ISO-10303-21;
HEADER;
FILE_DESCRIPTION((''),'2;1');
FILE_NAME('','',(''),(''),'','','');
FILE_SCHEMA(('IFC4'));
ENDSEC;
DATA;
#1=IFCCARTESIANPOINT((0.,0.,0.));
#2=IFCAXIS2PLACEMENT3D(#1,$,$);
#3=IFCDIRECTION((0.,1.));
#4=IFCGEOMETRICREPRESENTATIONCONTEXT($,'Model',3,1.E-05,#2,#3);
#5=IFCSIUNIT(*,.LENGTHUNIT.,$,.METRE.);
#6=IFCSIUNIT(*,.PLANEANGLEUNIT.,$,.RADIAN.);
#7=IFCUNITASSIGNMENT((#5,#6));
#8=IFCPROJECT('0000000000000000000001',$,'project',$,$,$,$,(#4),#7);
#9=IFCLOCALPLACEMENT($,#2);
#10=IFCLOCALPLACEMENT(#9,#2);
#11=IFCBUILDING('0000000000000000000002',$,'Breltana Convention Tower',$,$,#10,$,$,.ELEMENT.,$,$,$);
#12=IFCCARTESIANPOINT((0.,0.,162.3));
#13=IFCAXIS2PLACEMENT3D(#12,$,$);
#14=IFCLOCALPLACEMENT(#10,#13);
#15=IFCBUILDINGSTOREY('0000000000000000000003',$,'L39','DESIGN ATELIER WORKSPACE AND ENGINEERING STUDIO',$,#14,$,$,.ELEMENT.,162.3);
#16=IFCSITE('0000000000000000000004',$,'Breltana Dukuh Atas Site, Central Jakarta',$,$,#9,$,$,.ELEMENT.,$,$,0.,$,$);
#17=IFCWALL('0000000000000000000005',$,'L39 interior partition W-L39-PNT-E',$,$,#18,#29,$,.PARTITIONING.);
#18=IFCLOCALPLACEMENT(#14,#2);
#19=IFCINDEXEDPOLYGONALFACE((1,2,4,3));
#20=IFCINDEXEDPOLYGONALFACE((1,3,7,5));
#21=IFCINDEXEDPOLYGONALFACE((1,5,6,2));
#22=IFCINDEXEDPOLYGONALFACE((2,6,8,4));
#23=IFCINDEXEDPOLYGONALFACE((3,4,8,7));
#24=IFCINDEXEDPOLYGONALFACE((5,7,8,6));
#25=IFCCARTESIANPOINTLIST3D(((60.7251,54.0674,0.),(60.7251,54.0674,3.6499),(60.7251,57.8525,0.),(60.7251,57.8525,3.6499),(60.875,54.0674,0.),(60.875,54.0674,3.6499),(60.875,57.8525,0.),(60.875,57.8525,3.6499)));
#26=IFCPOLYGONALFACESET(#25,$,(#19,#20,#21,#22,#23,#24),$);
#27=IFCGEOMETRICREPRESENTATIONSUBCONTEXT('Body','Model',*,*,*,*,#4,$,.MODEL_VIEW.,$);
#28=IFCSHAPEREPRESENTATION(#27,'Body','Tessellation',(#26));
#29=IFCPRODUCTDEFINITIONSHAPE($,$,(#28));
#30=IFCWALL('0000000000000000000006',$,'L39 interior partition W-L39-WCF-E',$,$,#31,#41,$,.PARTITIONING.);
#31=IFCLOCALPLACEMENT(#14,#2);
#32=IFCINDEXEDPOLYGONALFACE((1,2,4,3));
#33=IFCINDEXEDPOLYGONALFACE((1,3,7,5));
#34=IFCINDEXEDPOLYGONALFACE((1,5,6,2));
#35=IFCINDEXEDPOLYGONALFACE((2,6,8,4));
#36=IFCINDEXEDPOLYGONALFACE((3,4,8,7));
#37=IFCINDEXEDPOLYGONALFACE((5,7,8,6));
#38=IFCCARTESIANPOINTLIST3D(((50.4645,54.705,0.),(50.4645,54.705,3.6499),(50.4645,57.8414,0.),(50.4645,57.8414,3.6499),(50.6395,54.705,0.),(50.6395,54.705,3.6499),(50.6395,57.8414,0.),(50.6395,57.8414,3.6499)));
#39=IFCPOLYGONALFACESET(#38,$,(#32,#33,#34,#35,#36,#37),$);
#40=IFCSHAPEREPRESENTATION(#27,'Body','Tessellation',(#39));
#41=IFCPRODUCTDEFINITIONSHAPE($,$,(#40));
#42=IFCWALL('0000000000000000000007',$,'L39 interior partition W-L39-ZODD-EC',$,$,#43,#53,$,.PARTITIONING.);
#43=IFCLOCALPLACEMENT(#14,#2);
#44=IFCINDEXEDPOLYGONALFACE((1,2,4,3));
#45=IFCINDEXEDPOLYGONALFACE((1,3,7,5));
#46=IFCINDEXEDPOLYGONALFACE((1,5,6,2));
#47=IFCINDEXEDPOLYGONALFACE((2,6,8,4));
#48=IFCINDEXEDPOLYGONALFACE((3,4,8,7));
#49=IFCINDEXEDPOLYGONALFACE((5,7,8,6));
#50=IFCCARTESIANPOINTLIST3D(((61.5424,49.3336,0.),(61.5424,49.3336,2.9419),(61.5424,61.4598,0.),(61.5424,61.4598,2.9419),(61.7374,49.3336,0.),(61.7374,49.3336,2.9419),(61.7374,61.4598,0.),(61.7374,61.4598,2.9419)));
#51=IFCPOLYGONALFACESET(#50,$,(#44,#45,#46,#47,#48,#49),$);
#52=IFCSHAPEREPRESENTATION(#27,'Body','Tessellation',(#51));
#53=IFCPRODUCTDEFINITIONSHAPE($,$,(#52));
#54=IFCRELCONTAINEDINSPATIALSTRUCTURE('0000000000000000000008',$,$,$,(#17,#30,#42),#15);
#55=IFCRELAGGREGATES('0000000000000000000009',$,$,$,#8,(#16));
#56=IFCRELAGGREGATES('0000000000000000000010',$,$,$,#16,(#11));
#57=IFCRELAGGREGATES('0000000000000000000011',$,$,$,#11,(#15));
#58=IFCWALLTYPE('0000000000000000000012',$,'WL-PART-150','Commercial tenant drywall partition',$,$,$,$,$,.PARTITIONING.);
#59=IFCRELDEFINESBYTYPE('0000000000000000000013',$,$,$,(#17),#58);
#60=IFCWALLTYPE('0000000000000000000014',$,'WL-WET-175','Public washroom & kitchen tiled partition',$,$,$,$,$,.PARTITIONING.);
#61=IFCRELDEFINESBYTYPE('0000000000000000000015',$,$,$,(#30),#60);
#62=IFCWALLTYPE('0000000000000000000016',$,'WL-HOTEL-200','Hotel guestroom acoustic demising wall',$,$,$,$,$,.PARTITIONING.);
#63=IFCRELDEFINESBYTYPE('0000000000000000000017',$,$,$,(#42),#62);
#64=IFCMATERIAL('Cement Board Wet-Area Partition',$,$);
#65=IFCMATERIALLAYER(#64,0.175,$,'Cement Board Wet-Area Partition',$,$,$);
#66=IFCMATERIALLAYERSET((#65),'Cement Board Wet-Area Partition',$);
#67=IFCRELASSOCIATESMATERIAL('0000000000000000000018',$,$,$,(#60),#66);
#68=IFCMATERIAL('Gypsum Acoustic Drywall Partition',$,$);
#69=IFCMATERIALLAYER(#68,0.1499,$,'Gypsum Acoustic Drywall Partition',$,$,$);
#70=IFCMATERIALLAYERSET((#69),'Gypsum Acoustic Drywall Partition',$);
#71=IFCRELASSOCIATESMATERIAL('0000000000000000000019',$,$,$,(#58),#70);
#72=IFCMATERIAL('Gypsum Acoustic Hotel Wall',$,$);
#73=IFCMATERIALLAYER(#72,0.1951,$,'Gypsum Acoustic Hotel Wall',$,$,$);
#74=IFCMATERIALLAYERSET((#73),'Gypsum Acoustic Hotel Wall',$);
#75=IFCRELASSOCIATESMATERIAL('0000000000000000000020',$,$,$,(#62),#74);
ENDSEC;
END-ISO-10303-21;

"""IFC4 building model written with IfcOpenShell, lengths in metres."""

from ifc_helpers import new_model, si_unit, direction, frame, frame_2d, origin, place, context, subcontext, project, spatial, rectangle, extrude, source, transform, mapped, material, layer, layer_set, type_object, element, save


model = new_model("IFC4")

# Units and contexts
model_context = context("Model", 3, precision=1e-05, world=origin(), true_north=direction((0.0, 1.0)))
body_context = subcontext(model_context, "Body", "Model", "MODEL_VIEW")
ifc_project = project(units=[si_unit("LENGTHUNIT", "METRE"), si_unit("PLANEANGLEUNIT", "RADIAN")], contexts=[model_context])

# Site, building, storey
site_placement = place(None, origin())
site = spatial("IfcSite", under=ifc_project, at=site_placement, Name="Breltana Dukuh Atas Site, Central Jakarta", CompositionType="ELEMENT", RefElevation=0.0)
building_placement = place(site_placement, origin())
building = spatial("IfcBuilding", under=site, at=building_placement, Name="Breltana Convention Tower", CompositionType="ELEMENT")
storey_placement = place(building_placement, frame((0.0, 0.0, 162.3)))
storey = spatial("IfcBuildingStorey", under=building, at=storey_placement, Name="L39", Description="DESIGN ATELIER WORKSPACE AND ENGINEERING STUDIO", CompositionType="ELEMENT", Elevation=162.3)

# Shared definitions
ifc_material_1 = material(Name="Cement Board Wet-Area Partition")
ifc_layer_1 = layer(ifc_material_1, 0.175, Name="Cement Board Wet-Area Partition")
ifc_layer_set_1 = layer_set([ifc_layer_1], Name="Cement Board Wet-Area Partition")
wall_type_1 = type_object("IfcWallType", Name="WL-WET-175", Description="Public washroom & kitchen tiled partition", PredefinedType="PARTITIONING", material=ifc_layer_set_1)

# Shared definitions
ifc_material_2 = material(Name="Gypsum Acoustic Drywall Partition")
ifc_layer_2 = layer(ifc_material_2, 0.1499, Name="Gypsum Acoustic Drywall Partition")
ifc_layer_set_2 = layer_set([ifc_layer_2], Name="Gypsum Acoustic Drywall Partition")
wall_type_2 = type_object("IfcWallType", Name="WL-PART-150", Description="Commercial tenant drywall partition", PredefinedType="PARTITIONING", material=ifc_layer_set_2)

# Walls
shared_shape_1 = source(origin(), body_context, "Body", "SweptSolid", [
    extrude(rectangle(XDim=3.7852, YDim=0.1499, at=frame_2d((1.8926, 0.0))), origin(), (0.0, 0.0, 1.0), 3.6499),
])
for number, where, z_axis, x_axis, name in (
    (1, (60.8, 54.0674, 0.0), (0.0, 0.0, 1.0), (0.0, 1.0, 0.0), "L39 interior partition W-L39-PNT-E"),
):
    element("IfcWall", number, at=place(storey_placement, frame(where, z_axis=z_axis, x_axis=x_axis)), inside=storey, type_object=wall_type_2, Name=name, PredefinedType="PARTITIONING", context=body_context, shape_type="MappedRepresentation", body=[
        mapped(shared_shape_1, transform((0.0, 0.0, 0.0), scale=1.0)),
    ])
shared_shape_2 = source(origin(), body_context, "Body", "SweptSolid", [
    extrude(rectangle(XDim=3.1365, YDim=0.175, at=frame_2d((1.5684, 0.0))), origin(), (0.0, 0.0, 1.0), 3.6499),
])
wall_1_placement = place(storey_placement, frame((50.552, 54.7048, 0.0), z_axis=(0.0, 0.0, 1.0), x_axis=(0.0, 1.0, 0.0)))
element("IfcWall", 2, at=wall_1_placement, inside=storey, type_object=wall_type_1, Name="L39 interior partition W-L39-WCF-E", PredefinedType="PARTITIONING", context=body_context, shape_type="MappedRepresentation", body=[
    mapped(shared_shape_2, transform((0.0, 0.0, 0.0), scale=1.0)),
])
ifc_material_3 = material(Name="Gypsum Acoustic Hotel Wall")
ifc_layer_3 = layer(ifc_material_3, 0.1951, Name="Gypsum Acoustic Hotel Wall")
ifc_layer_set_3 = layer_set([ifc_layer_3], Name="Gypsum Acoustic Hotel Wall")
wall_type_3 = type_object("IfcWallType", Name="WL-HOTEL-200", Description="Hotel guestroom acoustic demising wall", PredefinedType="PARTITIONING", material=ifc_layer_set_3)
shared_shape_3 = source(origin(), body_context, "Body", "SweptSolid", [
    extrude(rectangle(XDim=12.1262, YDim=0.1951, at=frame_2d((6.063, 0.0))), origin(), (0.0, 0.0, 1.0), 2.9419),
])
wall_2_placement = place(storey_placement, frame((61.6399, 49.3337, 0.0), z_axis=(0.0, 0.0, 1.0), x_axis=(0.0, 1.0, 0.0)))
element("IfcWall", 3, at=wall_2_placement, inside=storey, type_object=wall_type_3, Name="L39 interior partition W-L39-ZODD-EC", PredefinedType="PARTITIONING", context=body_context, shape_type="MappedRepresentation", body=[
    mapped(shared_shape_3, transform((0.0, 0.0, 0.0), scale=1.0)),
])

save(model, "model.ifc")
